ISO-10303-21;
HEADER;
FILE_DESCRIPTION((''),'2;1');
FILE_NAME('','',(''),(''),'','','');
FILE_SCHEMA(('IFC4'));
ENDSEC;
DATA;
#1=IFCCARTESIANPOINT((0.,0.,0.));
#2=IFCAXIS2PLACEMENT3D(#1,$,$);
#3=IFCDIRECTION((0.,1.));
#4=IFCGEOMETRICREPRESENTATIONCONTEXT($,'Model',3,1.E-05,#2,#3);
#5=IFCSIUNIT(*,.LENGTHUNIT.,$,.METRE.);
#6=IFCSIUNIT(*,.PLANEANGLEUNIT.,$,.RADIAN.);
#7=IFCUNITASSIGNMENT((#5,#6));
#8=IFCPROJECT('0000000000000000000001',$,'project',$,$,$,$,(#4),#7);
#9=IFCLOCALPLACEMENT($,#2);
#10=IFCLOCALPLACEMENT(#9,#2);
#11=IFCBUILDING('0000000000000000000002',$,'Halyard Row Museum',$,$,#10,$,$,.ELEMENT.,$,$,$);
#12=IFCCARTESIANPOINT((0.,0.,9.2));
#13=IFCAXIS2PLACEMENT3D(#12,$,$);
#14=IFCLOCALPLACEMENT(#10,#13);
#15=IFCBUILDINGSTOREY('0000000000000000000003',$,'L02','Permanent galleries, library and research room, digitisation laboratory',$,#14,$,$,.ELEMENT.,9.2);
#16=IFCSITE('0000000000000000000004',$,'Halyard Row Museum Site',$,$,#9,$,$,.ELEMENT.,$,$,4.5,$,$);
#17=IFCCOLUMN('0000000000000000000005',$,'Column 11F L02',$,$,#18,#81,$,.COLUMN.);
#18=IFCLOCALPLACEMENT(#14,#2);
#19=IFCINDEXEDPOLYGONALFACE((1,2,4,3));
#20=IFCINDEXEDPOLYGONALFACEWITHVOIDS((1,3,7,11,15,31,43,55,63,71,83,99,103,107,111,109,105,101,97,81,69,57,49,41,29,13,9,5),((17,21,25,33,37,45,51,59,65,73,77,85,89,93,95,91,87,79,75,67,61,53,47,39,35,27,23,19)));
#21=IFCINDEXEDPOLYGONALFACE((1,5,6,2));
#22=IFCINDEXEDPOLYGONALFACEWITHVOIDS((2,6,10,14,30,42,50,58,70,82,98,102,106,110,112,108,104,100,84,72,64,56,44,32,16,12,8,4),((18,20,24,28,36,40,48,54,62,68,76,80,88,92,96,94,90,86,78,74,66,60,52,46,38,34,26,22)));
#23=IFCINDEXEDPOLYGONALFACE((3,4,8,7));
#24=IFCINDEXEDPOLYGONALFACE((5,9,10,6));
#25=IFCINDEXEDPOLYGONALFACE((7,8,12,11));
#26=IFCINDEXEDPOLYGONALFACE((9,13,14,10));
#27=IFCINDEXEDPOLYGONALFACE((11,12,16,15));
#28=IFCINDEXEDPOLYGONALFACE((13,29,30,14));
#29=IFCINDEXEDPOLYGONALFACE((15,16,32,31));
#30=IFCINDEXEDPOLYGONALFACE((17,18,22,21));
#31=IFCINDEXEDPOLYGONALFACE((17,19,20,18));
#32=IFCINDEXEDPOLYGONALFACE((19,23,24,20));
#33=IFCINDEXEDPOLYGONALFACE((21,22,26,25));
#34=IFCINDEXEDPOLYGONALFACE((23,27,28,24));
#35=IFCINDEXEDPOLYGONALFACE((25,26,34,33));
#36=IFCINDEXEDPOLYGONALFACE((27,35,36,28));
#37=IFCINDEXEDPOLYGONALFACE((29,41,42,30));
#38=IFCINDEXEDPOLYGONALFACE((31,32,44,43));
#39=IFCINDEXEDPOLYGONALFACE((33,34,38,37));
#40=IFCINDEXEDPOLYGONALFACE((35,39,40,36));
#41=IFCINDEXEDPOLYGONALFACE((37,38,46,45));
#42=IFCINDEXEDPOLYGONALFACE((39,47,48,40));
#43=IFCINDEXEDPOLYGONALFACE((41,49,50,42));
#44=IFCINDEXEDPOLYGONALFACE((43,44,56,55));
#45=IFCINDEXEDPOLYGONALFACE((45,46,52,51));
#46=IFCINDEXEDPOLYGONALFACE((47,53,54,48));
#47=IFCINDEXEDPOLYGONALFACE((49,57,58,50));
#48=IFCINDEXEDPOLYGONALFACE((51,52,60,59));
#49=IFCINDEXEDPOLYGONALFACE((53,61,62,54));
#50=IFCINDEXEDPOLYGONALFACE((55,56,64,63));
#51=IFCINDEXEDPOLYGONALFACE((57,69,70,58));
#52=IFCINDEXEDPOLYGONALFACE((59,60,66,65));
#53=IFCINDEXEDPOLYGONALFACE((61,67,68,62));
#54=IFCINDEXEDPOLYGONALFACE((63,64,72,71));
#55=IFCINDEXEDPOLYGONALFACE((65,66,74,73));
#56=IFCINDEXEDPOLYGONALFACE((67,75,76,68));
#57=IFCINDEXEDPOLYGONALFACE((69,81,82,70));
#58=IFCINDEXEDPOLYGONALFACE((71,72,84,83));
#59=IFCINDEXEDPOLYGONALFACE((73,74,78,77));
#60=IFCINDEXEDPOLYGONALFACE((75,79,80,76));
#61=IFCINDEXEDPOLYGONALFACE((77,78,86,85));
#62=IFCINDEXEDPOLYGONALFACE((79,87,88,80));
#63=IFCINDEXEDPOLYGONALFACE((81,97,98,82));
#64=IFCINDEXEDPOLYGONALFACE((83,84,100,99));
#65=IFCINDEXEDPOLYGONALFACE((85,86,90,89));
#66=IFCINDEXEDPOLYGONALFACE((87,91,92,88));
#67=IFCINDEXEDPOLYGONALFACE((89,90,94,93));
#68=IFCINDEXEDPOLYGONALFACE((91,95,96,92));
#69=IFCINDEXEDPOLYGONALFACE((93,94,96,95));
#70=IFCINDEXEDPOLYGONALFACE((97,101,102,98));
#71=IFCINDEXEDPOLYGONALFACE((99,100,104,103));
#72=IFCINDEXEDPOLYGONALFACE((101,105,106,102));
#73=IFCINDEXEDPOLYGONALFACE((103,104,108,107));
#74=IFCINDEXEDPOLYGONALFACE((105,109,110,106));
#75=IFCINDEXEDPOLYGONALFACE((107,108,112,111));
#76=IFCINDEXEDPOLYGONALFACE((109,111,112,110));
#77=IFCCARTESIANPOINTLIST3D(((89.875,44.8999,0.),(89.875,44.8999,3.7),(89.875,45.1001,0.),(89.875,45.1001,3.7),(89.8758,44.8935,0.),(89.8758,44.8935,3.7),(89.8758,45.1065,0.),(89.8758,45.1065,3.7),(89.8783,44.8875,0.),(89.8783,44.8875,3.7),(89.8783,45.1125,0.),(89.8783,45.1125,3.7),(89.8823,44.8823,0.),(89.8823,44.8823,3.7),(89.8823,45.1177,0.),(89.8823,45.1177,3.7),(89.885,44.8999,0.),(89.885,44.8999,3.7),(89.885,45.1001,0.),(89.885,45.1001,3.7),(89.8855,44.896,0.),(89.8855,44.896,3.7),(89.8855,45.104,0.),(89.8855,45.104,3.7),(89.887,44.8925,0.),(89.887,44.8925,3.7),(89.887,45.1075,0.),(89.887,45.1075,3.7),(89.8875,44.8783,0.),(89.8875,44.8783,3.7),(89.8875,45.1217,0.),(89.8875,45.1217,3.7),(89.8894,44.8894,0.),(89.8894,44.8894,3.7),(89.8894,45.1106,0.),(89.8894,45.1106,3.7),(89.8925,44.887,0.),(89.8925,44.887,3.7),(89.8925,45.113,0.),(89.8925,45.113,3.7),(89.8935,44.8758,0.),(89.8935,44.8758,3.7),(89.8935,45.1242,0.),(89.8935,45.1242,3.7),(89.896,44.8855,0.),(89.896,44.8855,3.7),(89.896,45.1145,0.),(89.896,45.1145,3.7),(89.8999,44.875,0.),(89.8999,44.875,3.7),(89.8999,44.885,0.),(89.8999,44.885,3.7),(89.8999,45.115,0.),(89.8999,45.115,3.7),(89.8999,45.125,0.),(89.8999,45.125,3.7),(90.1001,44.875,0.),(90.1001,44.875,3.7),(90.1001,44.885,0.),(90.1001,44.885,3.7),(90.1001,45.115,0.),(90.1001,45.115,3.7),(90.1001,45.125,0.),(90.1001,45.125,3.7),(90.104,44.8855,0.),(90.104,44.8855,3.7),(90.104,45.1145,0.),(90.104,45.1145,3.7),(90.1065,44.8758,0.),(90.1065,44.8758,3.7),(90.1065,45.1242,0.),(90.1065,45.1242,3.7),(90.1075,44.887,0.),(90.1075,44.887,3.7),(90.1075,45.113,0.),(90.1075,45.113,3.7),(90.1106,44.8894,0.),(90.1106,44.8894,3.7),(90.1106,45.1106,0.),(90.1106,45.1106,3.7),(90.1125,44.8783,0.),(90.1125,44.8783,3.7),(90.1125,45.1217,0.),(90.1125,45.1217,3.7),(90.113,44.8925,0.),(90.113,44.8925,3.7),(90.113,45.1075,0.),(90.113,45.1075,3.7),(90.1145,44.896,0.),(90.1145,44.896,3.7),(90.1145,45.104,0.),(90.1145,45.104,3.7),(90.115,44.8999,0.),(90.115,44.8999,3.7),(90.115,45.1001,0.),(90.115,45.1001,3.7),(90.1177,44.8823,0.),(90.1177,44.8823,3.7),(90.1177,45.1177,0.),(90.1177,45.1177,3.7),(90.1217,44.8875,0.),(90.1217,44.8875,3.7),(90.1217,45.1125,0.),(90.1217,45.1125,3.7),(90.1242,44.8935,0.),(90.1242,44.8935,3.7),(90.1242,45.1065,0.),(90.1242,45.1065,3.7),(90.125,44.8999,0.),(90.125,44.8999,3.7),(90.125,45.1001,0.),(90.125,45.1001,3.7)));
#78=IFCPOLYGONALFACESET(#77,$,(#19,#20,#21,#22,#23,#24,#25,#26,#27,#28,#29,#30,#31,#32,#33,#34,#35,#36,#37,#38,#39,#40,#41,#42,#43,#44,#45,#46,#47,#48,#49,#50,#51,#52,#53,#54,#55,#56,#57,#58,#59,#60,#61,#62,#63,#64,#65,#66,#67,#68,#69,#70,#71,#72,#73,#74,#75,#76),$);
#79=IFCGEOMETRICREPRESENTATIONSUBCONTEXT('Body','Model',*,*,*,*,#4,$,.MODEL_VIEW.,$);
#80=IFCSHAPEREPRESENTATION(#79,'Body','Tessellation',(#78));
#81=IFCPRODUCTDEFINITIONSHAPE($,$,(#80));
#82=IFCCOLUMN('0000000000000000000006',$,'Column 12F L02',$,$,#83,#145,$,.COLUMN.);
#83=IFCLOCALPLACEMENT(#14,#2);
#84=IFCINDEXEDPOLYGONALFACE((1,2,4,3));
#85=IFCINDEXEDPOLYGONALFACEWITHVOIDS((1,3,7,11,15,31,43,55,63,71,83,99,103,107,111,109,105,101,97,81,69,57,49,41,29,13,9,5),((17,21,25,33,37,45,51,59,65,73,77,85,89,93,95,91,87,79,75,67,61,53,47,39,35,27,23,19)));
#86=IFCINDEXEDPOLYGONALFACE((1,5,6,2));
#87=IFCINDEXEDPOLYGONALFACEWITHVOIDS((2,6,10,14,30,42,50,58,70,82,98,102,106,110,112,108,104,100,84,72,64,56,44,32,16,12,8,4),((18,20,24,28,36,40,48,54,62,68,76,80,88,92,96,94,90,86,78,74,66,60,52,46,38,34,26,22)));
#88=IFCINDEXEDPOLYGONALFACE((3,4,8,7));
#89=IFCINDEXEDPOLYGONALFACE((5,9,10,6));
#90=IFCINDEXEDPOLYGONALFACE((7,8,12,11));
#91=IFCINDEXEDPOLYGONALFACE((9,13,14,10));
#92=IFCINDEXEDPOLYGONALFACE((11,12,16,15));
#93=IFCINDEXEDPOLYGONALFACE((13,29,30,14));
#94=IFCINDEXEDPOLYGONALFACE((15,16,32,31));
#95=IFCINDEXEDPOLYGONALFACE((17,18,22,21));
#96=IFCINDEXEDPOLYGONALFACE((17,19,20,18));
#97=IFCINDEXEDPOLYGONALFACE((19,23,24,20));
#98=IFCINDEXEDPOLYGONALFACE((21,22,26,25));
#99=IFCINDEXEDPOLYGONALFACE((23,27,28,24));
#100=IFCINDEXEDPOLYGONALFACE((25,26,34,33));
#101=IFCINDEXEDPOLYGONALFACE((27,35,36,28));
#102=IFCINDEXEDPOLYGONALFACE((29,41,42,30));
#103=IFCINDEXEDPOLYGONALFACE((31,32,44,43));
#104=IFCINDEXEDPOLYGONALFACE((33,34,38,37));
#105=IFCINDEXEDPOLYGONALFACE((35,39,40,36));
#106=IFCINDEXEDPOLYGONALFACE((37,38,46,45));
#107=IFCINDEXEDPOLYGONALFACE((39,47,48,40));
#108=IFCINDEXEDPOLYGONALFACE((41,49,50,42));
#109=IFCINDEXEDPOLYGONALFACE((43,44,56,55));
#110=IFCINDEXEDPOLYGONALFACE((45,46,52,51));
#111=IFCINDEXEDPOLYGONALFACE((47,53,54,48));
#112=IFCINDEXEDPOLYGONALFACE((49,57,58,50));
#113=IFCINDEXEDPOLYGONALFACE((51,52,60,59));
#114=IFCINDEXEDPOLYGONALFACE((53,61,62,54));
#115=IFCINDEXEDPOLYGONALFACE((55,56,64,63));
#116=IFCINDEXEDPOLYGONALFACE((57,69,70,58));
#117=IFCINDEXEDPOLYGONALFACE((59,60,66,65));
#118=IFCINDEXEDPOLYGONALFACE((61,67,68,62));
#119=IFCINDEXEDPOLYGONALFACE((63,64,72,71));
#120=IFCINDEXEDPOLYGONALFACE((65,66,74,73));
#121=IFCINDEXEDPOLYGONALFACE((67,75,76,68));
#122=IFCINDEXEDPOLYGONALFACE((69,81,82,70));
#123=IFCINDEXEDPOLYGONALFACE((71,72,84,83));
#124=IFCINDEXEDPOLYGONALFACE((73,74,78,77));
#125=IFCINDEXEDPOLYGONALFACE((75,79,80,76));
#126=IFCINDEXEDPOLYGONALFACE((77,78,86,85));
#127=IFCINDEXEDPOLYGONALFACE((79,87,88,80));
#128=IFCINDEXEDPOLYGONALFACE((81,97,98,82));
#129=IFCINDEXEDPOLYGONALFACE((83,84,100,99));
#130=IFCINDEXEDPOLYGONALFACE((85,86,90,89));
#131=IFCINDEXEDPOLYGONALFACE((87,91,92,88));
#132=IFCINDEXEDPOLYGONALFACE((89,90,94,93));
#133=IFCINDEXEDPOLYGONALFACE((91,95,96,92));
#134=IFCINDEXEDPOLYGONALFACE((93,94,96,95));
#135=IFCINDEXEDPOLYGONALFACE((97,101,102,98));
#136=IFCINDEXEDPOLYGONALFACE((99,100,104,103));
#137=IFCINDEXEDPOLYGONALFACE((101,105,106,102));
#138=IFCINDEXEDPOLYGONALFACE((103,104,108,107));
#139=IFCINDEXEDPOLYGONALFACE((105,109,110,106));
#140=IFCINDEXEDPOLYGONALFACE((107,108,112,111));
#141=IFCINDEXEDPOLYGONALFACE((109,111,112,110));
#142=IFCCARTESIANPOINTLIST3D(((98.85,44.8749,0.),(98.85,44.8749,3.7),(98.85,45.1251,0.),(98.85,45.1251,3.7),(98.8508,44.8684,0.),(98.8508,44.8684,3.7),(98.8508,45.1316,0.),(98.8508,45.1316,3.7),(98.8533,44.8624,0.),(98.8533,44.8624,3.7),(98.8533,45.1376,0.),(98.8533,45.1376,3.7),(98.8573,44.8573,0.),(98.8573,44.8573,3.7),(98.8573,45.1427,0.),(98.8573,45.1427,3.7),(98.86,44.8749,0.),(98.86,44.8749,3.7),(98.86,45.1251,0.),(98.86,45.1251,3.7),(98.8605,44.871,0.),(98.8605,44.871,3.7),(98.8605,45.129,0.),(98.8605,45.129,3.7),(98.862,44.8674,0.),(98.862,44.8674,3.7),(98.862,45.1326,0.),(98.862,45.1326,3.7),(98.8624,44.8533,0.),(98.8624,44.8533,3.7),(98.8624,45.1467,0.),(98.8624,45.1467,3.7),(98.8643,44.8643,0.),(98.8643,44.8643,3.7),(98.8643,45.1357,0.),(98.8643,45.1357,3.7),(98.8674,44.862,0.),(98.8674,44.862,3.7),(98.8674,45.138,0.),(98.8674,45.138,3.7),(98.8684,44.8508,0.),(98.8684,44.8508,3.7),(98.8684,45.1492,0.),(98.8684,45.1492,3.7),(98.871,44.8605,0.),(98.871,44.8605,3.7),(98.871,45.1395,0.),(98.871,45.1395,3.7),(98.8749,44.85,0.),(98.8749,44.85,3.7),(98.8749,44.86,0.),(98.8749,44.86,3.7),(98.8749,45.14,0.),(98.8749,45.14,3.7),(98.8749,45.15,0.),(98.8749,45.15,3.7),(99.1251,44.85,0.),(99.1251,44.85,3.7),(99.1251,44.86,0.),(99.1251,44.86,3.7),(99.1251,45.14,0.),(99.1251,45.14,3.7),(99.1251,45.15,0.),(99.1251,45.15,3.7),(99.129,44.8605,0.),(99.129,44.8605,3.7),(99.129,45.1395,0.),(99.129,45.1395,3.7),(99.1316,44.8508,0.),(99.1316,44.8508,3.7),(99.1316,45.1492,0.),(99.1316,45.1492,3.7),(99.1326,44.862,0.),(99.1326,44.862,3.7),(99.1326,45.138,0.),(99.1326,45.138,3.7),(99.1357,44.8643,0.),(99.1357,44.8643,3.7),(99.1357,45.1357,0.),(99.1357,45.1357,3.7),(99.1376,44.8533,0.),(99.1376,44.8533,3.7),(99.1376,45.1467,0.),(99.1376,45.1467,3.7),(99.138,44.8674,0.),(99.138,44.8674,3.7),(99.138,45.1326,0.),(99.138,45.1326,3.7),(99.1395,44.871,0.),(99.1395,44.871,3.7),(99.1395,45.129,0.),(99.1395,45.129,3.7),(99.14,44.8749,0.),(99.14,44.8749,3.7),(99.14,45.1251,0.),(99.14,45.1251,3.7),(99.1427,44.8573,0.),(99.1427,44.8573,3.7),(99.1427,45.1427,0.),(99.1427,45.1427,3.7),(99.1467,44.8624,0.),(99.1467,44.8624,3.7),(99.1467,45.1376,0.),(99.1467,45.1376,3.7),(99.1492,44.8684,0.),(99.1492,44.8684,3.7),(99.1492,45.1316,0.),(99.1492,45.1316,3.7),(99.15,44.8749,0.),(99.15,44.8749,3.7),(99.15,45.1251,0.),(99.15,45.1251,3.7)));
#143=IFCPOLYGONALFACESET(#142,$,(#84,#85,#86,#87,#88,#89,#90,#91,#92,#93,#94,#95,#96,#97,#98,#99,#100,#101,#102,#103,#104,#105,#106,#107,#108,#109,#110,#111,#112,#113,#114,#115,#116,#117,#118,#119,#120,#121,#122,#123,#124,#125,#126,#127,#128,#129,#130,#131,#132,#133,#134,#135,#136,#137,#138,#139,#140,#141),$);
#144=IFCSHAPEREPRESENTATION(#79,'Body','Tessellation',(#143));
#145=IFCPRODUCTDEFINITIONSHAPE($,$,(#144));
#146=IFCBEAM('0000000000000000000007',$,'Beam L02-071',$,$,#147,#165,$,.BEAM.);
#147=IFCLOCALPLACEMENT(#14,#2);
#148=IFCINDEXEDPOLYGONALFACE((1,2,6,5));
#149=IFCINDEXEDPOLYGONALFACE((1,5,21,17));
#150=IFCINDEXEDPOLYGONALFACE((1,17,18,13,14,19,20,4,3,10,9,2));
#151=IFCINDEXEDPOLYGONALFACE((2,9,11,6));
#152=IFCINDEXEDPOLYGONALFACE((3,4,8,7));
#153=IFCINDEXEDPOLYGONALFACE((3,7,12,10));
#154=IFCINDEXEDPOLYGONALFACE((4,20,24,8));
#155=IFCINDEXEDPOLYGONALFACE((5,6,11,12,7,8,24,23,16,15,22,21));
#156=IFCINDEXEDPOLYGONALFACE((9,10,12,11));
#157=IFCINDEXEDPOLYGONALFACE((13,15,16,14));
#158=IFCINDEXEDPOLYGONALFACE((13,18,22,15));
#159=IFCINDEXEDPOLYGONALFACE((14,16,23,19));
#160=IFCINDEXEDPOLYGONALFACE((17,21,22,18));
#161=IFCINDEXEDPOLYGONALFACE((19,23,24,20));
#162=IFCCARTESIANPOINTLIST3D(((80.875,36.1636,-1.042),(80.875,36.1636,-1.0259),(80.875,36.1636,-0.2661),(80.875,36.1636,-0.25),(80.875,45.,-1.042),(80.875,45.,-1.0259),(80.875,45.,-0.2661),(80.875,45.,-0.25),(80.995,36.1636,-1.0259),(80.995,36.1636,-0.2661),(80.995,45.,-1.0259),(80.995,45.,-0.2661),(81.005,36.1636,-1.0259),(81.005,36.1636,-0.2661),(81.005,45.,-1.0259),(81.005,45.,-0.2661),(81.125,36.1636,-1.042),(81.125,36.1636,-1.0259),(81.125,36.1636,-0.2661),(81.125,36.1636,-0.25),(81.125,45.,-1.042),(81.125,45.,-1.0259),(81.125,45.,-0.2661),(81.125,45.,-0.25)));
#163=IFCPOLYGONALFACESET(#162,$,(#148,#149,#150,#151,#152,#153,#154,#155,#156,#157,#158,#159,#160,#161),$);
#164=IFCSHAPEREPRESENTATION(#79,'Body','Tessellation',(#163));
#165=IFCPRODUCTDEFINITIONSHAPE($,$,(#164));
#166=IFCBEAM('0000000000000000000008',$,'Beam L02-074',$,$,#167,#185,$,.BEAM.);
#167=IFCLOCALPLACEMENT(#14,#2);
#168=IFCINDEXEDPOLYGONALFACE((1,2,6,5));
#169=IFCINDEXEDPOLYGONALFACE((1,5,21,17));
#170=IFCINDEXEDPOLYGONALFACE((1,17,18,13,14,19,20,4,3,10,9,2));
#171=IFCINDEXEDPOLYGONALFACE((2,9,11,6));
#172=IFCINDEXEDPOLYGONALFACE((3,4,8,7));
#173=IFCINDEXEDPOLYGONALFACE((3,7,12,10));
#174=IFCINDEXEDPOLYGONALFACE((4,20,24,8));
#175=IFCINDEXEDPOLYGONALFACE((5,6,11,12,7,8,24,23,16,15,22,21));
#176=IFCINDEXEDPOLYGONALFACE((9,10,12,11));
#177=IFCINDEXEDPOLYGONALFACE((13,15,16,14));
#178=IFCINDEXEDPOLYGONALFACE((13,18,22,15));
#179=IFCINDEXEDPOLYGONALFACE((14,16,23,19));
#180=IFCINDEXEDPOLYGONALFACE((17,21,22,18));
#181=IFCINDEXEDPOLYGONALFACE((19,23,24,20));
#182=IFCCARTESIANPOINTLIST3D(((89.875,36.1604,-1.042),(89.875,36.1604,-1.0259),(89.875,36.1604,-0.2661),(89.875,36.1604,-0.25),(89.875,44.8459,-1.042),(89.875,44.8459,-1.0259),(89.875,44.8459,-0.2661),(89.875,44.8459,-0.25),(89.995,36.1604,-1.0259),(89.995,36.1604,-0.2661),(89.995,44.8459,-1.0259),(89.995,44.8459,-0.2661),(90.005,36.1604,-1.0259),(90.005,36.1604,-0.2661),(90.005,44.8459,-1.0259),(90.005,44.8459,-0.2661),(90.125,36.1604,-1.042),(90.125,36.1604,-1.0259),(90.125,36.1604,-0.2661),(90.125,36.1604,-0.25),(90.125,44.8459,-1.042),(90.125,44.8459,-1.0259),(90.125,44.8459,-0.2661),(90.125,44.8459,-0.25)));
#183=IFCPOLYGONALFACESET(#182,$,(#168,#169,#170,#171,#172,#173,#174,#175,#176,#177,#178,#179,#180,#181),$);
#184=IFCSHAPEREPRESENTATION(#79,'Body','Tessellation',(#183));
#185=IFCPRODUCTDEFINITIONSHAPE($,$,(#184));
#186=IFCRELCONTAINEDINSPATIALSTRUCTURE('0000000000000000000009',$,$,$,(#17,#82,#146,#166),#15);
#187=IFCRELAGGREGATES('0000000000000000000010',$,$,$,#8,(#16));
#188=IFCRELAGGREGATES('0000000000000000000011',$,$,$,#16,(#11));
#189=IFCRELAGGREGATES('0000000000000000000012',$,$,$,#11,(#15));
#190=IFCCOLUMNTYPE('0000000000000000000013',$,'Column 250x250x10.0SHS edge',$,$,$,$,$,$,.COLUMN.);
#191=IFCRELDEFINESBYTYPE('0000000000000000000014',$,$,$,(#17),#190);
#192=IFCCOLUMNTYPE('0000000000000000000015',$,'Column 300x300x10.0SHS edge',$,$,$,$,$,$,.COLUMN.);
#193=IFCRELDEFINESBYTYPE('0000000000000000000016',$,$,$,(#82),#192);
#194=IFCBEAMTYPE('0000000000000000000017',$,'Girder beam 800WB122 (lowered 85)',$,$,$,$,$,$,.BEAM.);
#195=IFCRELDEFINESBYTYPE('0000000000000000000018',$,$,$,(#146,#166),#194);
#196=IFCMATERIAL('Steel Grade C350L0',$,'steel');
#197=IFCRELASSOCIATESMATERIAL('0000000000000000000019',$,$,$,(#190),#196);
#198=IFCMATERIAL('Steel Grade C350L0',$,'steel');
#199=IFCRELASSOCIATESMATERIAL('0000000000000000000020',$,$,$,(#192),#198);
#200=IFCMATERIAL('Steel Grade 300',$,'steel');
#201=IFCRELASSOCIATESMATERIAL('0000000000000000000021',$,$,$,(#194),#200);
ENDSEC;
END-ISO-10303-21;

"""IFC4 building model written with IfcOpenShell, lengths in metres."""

from ifc_helpers import new_model, si_unit, direction, frame, origin, origin_2d, place, context, subcontext, project, spatial, hollow_rectangle, i_section, extrude, material, material_profile, profile_set, type_object, element, save


model = new_model("IFC4")

# Units and contexts
model_context = context("Model", 3, precision=1e-05, world=origin(), true_north=direction((0.0, 1.0)))
body_context = subcontext(model_context, "Body", "Model", "MODEL_VIEW")
ifc_project = project(units=[si_unit("LENGTHUNIT", "METRE"), si_unit("PLANEANGLEUNIT", "RADIAN")], contexts=[model_context])

# Site, building, storey
site_placement = place(None, origin())
site = spatial("IfcSite", under=ifc_project, at=site_placement, Name="Halyard Row Museum Site", CompositionType="ELEMENT", RefElevation=4.5)
building_placement = place(site_placement, origin())
building = spatial("IfcBuilding", under=site, at=building_placement, Name="Halyard Row Museum", CompositionType="ELEMENT")
storey_placement = place(building_placement, frame((0.0, 0.0, 9.2)))
storey = spatial("IfcBuildingStorey", under=building, at=storey_placement, Name="L02", Description="Permanent galleries, library and research room, digitisation laboratory", CompositionType="ELEMENT", Elevation=9.2)

# Columns
ifc_material_1 = material(Name="Steel Grade C350L0", Category="steel")
ifc_material_profile_1 = material_profile(ifc_material_1, hollow_rectangle(XDim=0.25, YDim=0.25, WallThickness=0.01, InnerFilletRadius=0.0149, OuterFilletRadius=0.0249, at=origin_2d()), Name="250x250x10.0SHS")
ifc_profile_set_1 = profile_set([ifc_material_profile_1], Name="Steel Grade C350L0")
column_type_1 = type_object("IfcColumnType", Name="Column 250x250x10.0SHS edge", PredefinedType="COLUMN", material=ifc_profile_set_1)
column_1_placement = place(storey_placement, frame((90.0, 45.0, 0.0), z_axis=(0.0, 0.0, 1.0), x_axis=(1.0, 0.0, 0.0)))
element("IfcColumn", 1, at=column_1_placement, inside=storey, type_object=column_type_1, Name="Column 11F L02", PredefinedType="COLUMN", context=body_context, shape_type="SweptSolid", body=[
    extrude(hollow_rectangle(XDim=0.25, YDim=0.25, WallThickness=0.01, InnerFilletRadius=0.0149, OuterFilletRadius=0.0249, at=origin_2d()), origin(), (0.0, 0.0, 1.0), 3.7),
])
ifc_material_2 = material(Name="Steel Grade C350L0", Category="steel")
ifc_material_profile_2 = material_profile(ifc_material_2, hollow_rectangle(XDim=0.3, YDim=0.3, WallThickness=0.01, InnerFilletRadius=0.0149, OuterFilletRadius=0.0249, at=origin_2d()), Name="300x300x10.0SHS")
ifc_profile_set_2 = profile_set([ifc_material_profile_2], Name="Steel Grade C350L0")
column_type_2 = type_object("IfcColumnType", Name="Column 300x300x10.0SHS edge", PredefinedType="COLUMN", material=ifc_profile_set_2)
column_2_placement = place(storey_placement, frame((99.0, 45.0, 0.0), z_axis=(0.0, 0.0, 1.0), x_axis=(1.0, 0.0, 0.0)))
element("IfcColumn", 2, at=column_2_placement, inside=storey, type_object=column_type_2, Name="Column 12F L02", PredefinedType="COLUMN", context=body_context, shape_type="SweptSolid", body=[
    extrude(hollow_rectangle(XDim=0.3, YDim=0.3, WallThickness=0.01, InnerFilletRadius=0.0149, OuterFilletRadius=0.0249, at=origin_2d()), origin(), (0.0, 0.0, 1.0), 3.7),
])

# Beams
ifc_material_3 = material(Name="Steel Grade 300", Category="steel")
ifc_material_profile_3 = material_profile(ifc_material_3, i_section(OverallWidth=0.25, OverallDepth=0.792, WebThickness=0.01, FlangeThickness=0.0161, at=origin_2d()), Name="800WB122")
ifc_profile_set_3 = profile_set([ifc_material_profile_3], Name="Steel Grade 300")
beam_type_1 = type_object("IfcBeamType", Name="Girder beam 800WB122 (lowered 85)", PredefinedType="BEAM", material=ifc_profile_set_3)
beam_1_placement = place(storey_placement, frame((81.0, 36.1636, -0.646), z_axis=(0.0, 1.0, 0.0), x_axis=(-1.0, 0.0, 0.0)))
element("IfcBeam", 3, at=beam_1_placement, inside=storey, type_object=beam_type_1, Name="Beam L02-071", PredefinedType="BEAM", context=body_context, shape_type="SweptSolid", body=[
    extrude(i_section(OverallWidth=0.25, OverallDepth=0.792, WebThickness=0.01, FlangeThickness=0.0161, at=origin_2d()), origin(), (0.0, 0.0, 1.0), 8.8364),
])
beam_2_placement = place(storey_placement, frame((90.0, 36.1604, -0.646), z_axis=(0.0, 1.0, 0.0), x_axis=(-1.0, 0.0, 0.0)))
element("IfcBeam", 4, at=beam_2_placement, inside=storey, type_object=beam_type_1, Name="Beam L02-074", PredefinedType="BEAM", context=body_context, shape_type="SweptSolid", body=[
    extrude(i_section(OverallWidth=0.25, OverallDepth=0.792, WebThickness=0.01, FlangeThickness=0.0161, at=origin_2d()), origin(), (0.0, 0.0, 1.0), 8.6855),
])

save(model, "model.ifc")
